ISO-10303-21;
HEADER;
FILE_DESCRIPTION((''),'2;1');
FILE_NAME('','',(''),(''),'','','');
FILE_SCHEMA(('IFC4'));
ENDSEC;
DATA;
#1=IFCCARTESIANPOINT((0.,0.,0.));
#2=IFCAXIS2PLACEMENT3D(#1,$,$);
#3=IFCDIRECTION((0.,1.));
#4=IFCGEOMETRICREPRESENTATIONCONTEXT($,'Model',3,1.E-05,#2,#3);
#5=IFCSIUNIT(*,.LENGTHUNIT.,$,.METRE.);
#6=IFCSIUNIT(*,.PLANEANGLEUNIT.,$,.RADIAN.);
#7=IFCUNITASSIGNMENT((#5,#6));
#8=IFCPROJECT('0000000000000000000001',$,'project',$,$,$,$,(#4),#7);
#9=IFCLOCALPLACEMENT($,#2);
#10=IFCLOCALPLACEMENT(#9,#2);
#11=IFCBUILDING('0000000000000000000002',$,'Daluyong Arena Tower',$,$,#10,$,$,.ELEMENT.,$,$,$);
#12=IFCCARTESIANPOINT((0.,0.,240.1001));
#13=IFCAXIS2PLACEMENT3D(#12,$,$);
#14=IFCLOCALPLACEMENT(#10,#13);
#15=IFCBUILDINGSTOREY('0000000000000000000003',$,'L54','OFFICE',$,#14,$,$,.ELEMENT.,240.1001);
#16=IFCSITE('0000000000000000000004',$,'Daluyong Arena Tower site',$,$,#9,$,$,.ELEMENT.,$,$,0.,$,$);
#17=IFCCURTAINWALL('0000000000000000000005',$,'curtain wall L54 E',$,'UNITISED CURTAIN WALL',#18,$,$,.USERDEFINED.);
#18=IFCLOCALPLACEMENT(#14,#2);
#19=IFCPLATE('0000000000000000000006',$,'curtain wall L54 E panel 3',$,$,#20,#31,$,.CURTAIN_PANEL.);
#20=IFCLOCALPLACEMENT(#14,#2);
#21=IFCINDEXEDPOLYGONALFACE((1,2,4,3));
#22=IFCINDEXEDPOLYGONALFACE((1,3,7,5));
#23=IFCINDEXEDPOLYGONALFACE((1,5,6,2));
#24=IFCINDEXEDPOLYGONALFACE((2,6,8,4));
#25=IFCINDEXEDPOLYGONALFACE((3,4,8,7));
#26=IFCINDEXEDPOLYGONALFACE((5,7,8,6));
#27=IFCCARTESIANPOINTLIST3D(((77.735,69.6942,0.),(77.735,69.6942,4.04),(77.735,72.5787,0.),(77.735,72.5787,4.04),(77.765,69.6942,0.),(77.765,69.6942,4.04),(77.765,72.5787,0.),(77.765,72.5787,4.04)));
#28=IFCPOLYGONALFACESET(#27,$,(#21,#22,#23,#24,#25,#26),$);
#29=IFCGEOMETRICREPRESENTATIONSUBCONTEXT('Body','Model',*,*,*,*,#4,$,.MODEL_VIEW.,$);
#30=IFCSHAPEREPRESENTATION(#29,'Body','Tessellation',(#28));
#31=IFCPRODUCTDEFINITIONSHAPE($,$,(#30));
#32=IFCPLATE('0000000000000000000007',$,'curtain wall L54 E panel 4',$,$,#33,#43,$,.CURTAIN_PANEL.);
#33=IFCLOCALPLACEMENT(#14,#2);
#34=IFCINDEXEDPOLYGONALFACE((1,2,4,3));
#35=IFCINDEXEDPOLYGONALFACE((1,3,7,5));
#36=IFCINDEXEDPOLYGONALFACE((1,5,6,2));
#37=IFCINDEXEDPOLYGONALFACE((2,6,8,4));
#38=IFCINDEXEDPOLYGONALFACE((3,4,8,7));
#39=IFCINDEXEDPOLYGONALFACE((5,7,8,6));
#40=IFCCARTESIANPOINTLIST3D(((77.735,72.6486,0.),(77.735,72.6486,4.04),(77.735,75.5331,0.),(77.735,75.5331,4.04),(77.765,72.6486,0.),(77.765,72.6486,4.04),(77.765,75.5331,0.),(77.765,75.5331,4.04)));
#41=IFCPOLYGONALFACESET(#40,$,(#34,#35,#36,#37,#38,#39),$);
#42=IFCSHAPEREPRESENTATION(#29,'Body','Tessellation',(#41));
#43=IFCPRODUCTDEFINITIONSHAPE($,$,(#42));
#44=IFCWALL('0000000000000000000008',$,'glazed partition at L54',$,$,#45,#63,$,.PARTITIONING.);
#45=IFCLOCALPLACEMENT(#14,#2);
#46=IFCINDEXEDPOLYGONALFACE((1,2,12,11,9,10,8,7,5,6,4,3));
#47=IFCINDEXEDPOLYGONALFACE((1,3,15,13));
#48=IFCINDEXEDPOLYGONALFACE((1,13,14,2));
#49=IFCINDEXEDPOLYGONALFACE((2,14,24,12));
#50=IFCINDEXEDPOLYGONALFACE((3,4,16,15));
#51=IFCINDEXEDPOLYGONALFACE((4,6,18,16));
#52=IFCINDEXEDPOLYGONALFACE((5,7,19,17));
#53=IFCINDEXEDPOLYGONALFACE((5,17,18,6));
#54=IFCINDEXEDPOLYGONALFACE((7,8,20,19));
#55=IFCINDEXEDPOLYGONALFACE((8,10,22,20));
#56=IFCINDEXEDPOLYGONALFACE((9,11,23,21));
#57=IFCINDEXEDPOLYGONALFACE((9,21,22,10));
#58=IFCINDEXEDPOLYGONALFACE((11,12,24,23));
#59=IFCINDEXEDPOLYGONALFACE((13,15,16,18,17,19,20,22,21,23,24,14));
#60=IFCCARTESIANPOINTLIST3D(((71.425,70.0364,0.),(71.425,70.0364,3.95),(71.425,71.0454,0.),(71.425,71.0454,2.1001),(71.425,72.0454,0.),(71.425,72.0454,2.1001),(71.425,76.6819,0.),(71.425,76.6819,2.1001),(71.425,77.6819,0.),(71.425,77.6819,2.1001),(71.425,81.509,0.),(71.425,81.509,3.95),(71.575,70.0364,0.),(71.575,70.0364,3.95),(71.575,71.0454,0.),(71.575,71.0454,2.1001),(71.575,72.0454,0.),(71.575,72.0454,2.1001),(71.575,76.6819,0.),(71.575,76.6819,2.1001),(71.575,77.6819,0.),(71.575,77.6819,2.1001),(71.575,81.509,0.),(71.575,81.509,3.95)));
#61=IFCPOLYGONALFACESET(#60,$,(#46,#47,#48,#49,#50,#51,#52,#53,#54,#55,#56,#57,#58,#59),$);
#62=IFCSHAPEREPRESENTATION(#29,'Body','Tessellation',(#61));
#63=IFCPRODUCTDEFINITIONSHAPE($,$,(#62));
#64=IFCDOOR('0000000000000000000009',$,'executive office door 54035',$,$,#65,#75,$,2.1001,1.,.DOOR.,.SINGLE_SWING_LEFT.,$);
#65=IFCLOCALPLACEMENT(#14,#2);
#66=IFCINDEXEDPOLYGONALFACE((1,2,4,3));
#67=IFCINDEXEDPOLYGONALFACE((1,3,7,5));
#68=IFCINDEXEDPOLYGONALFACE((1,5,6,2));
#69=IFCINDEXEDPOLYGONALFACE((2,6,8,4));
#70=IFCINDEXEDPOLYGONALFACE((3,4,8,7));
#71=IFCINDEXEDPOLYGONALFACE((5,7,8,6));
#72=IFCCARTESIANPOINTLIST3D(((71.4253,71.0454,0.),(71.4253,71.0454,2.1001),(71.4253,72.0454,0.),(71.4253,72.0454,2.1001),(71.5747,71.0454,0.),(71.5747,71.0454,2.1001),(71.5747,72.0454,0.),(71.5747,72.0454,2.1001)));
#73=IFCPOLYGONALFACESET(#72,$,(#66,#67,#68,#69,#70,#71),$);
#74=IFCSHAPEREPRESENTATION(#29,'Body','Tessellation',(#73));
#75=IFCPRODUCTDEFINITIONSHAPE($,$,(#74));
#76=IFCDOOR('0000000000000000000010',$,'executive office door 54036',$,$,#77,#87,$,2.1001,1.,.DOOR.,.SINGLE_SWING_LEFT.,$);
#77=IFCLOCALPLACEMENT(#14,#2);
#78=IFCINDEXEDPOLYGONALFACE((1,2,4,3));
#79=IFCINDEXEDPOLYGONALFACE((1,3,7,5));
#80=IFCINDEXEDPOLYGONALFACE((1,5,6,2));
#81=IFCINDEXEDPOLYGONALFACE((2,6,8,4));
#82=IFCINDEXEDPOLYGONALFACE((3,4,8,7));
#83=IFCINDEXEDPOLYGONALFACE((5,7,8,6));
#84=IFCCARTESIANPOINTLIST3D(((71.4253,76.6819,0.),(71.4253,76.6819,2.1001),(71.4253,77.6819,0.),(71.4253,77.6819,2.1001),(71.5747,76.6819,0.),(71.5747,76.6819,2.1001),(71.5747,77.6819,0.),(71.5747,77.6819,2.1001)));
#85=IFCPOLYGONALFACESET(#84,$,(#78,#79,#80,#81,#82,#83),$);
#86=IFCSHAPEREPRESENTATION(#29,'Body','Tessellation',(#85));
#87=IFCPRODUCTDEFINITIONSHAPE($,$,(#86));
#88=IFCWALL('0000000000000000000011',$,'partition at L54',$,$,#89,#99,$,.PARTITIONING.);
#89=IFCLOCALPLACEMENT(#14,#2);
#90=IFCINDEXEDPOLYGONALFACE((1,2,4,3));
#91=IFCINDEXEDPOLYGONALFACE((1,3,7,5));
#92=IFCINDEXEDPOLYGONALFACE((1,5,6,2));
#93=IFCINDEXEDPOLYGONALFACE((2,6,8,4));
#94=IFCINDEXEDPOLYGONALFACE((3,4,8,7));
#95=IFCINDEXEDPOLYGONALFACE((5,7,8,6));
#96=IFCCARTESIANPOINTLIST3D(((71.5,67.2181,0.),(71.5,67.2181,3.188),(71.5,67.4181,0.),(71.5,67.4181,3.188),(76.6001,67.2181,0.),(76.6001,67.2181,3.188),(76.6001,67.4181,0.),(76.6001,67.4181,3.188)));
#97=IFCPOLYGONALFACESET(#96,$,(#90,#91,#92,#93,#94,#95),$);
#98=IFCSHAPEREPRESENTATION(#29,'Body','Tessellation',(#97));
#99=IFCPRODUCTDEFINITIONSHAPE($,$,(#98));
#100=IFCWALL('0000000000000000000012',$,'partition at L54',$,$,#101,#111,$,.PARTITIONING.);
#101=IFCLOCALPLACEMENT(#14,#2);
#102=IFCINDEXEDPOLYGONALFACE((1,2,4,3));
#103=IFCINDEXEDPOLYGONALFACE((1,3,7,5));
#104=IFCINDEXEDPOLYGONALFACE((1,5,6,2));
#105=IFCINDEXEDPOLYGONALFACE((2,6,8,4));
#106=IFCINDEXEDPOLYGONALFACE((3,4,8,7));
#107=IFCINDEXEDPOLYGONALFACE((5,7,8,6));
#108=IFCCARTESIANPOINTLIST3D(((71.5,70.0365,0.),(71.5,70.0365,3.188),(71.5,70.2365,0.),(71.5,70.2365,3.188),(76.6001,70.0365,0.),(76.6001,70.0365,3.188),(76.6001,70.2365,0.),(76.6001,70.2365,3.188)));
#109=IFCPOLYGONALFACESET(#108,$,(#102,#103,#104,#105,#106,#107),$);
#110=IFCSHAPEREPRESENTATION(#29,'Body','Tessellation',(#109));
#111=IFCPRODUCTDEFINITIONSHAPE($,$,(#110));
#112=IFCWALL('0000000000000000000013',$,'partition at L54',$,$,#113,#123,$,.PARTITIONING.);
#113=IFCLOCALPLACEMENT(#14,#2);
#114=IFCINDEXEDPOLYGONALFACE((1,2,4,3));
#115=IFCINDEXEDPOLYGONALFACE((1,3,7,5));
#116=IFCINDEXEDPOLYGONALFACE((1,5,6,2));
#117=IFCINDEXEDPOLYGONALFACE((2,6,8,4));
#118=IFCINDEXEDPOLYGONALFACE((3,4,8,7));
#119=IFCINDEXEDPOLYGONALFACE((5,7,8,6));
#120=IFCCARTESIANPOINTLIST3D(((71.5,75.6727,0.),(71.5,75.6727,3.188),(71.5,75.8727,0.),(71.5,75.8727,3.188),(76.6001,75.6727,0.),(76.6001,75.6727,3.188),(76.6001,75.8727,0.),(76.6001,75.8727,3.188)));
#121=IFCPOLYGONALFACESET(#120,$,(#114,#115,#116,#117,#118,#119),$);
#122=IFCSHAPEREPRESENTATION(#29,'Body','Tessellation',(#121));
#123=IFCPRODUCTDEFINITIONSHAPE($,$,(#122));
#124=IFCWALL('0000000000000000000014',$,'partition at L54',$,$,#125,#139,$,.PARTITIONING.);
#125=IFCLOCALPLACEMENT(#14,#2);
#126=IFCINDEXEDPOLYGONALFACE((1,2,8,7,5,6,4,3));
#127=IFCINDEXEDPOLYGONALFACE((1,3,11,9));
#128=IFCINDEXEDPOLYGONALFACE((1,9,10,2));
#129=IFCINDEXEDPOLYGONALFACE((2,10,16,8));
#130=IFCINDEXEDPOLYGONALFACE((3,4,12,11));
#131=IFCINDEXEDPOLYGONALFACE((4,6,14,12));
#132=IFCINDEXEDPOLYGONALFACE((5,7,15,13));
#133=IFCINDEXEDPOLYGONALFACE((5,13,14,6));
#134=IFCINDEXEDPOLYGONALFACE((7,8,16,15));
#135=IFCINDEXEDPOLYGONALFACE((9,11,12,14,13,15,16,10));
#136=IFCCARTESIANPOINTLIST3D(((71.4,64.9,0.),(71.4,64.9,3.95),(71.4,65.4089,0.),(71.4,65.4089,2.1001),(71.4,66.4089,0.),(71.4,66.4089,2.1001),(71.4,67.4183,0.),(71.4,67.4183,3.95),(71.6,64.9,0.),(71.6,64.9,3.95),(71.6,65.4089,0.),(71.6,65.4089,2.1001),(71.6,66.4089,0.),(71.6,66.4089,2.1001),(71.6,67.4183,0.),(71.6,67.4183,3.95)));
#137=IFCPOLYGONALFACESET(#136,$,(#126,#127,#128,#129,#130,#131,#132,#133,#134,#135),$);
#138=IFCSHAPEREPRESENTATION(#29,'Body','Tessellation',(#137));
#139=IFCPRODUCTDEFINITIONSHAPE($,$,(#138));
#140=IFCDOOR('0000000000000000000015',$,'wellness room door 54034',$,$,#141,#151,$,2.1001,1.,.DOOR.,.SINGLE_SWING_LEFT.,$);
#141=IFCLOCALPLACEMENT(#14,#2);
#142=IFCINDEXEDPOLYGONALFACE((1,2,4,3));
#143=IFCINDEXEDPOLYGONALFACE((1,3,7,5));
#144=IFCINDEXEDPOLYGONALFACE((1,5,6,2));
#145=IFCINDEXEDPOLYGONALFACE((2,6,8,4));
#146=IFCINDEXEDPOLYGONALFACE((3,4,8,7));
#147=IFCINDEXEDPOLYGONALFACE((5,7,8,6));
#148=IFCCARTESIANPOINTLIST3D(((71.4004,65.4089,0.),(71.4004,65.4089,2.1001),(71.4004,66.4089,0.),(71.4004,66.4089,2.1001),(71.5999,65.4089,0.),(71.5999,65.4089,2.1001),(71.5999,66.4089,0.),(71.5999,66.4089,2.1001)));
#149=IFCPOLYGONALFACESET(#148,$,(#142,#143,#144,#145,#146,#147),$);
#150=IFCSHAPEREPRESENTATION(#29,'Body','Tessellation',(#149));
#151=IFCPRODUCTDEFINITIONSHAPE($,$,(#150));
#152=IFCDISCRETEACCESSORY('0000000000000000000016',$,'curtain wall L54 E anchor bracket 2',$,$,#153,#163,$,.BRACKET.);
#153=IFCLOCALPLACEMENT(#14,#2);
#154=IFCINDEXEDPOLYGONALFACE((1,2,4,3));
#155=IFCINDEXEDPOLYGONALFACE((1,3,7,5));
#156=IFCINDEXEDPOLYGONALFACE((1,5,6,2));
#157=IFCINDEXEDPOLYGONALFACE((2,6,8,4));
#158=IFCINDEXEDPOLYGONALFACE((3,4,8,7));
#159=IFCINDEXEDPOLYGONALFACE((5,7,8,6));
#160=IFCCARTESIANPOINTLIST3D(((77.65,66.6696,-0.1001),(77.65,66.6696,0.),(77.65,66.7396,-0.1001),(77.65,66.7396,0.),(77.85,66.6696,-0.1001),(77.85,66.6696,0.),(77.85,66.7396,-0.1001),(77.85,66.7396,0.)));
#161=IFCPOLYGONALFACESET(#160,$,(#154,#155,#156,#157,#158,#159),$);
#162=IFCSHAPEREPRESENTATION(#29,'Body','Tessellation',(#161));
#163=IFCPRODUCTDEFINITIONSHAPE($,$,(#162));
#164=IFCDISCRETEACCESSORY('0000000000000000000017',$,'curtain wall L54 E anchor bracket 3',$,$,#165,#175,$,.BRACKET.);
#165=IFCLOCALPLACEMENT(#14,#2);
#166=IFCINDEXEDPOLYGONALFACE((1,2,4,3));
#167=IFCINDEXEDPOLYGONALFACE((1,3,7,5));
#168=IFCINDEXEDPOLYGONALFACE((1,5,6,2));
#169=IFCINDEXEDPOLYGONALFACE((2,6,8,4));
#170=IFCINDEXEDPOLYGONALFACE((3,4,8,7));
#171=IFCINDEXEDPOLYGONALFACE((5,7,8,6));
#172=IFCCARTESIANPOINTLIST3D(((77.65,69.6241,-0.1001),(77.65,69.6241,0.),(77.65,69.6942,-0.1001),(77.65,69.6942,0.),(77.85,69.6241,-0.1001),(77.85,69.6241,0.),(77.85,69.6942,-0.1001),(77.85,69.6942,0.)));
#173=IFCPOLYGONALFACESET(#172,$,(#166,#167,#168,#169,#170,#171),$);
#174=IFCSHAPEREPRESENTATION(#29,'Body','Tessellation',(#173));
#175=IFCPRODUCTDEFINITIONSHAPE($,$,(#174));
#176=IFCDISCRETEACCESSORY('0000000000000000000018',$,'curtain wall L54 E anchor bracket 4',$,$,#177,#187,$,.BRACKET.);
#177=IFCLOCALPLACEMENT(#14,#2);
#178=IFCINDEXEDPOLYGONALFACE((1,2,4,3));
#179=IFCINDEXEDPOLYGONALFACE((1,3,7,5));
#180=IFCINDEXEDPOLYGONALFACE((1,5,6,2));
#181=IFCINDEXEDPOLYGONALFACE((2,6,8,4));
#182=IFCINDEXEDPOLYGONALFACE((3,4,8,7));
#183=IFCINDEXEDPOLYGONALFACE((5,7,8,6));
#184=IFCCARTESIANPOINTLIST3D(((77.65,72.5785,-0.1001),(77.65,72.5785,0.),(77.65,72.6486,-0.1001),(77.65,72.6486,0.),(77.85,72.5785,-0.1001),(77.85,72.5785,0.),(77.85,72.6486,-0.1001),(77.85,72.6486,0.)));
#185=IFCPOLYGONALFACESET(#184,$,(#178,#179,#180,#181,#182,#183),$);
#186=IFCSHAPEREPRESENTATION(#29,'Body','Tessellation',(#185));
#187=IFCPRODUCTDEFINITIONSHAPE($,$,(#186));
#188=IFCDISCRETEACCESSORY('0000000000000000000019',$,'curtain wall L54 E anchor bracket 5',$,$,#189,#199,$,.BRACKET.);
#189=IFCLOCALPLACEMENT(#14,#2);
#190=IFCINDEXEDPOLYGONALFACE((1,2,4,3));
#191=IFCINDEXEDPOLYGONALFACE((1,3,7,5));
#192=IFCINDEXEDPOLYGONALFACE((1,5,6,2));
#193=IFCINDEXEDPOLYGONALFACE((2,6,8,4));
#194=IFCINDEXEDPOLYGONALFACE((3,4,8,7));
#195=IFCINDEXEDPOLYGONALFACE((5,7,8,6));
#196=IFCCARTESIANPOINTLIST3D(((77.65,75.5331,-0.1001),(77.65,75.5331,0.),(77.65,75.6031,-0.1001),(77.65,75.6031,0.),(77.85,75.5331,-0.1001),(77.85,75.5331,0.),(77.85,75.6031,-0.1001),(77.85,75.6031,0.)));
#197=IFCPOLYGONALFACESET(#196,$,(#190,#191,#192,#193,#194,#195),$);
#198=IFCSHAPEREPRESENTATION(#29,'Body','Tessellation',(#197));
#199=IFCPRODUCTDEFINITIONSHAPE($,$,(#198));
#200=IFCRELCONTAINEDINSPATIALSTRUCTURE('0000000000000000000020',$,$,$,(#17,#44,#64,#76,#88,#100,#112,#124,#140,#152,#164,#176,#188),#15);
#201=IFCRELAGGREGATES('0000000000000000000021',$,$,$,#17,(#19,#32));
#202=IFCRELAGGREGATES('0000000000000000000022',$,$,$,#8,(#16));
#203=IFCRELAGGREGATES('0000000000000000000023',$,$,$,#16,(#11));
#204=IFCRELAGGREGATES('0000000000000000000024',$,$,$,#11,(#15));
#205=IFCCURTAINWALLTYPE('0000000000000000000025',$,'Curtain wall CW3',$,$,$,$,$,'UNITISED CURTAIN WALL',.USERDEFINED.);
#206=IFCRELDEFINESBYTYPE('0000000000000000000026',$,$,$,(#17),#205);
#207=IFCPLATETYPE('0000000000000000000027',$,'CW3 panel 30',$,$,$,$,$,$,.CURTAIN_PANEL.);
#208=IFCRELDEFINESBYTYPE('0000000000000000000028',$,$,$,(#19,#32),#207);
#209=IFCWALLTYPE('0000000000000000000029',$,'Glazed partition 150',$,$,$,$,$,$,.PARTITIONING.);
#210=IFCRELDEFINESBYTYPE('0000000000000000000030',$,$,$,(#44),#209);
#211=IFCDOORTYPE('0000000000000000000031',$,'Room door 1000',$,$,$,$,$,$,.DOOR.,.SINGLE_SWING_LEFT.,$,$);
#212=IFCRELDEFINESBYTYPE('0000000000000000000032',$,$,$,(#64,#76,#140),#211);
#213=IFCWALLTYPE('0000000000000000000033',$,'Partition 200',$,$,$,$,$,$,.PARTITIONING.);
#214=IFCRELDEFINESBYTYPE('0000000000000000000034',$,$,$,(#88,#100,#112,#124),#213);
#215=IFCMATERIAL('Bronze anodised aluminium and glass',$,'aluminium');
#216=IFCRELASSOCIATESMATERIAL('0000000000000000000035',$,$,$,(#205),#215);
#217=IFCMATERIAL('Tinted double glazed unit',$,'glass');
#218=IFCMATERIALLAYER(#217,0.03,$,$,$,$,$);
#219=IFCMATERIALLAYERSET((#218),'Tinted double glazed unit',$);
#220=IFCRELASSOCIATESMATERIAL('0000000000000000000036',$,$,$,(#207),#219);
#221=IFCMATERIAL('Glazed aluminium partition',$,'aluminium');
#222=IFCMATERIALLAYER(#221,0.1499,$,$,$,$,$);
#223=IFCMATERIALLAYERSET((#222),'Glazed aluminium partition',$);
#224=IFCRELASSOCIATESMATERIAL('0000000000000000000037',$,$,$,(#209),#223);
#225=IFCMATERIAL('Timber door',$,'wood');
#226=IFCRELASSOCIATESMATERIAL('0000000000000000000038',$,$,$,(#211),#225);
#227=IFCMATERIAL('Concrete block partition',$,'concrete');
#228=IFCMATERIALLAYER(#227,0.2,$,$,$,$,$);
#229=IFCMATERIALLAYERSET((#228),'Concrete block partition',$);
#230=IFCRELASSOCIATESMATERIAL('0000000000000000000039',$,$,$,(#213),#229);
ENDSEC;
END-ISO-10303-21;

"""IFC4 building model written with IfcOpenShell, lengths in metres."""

from ifc_helpers import new_model, si_unit, direction, frame, frame_2d, origin, origin_2d, place, context, subcontext, project, spatial, rectangle, extrude, material, layer, layer_set, type_object, element, fill, aggregate, save


model = new_model("IFC4")

# Units and contexts
model_context = context("Model", 3, precision=1e-05, world=origin(), true_north=direction((0.0, 1.0)))
body_context = subcontext(model_context, "Body", "Model", "MODEL_VIEW")
ifc_project = project(units=[si_unit("LENGTHUNIT", "METRE"), si_unit("PLANEANGLEUNIT", "RADIAN")], contexts=[model_context])

# Site, building, storey
site_placement = place(None, origin())
site = spatial("IfcSite", under=ifc_project, at=site_placement, Name="Daluyong Arena Tower site", CompositionType="ELEMENT", RefElevation=0.0)
building_placement = place(site_placement, origin())
building = spatial("IfcBuilding", under=site, at=building_placement, Name="Daluyong Arena Tower", CompositionType="ELEMENT")
storey_placement = place(building_placement, frame((0.0, 0.0, 240.1001)))
storey = spatial("IfcBuildingStorey", under=building, at=storey_placement, Name="L54", Description="OFFICE", CompositionType="ELEMENT", Elevation=240.1001)

# Curtain wall
ifc_material_1 = material(Name="Bronze anodised aluminium and glass", Category="aluminium")
curtain_wall_type = type_object("IfcCurtainWallType", Name="Curtain wall CW3", ElementType="UNITISED CURTAIN WALL", PredefinedType="USERDEFINED", material=ifc_material_1)
curtain_wall_placement = place(storey_placement, origin())
curtain_wall = element("IfcCurtainWall", 1, at=curtain_wall_placement, inside=storey, type_object=curtain_wall_type, Name="curtain wall L54 E", ObjectType="UNITISED CURTAIN WALL", PredefinedType="USERDEFINED")

# Plates
ifc_material_2 = material(Name="Tinted double glazed unit", Category="glass")
ifc_layer_1 = layer(ifc_material_2, 0.03)
ifc_layer_set_1 = layer_set([ifc_layer_1], Name="Tinted double glazed unit")
plate_type = type_object("IfcPlateType", Name="CW3 panel 30", PredefinedType="CURTAIN_PANEL", material=ifc_layer_set_1)
plate_1_placement = place(storey_placement, frame((77.75, 71.1365, 0.0), z_axis=(0.0, 0.0, 1.0), x_axis=(0.0, 1.0, 0.0)))
plate_1 = element("IfcPlate", 2, at=plate_1_placement, type_object=plate_type, Name="curtain wall L54 E panel 3", PredefinedType="CURTAIN_PANEL", context=body_context, shape_type="SweptSolid", body=[
    extrude(rectangle(XDim=2.8845, YDim=0.03, at=origin_2d()), origin(), (0.0, 0.0, 1.0), 4.04),
])
plate_2_placement = place(storey_placement, frame((77.75, 74.0908, 0.0), z_axis=(0.0, 0.0, 1.0), x_axis=(0.0, 1.0, 0.0)))
plate_2 = element("IfcPlate", 3, at=plate_2_placement, type_object=plate_type, Name="curtain wall L54 E panel 4", PredefinedType="CURTAIN_PANEL", context=body_context, shape_type="SweptSolid", body=[
    extrude(rectangle(XDim=2.8845, YDim=0.03, at=origin_2d()), origin(), (0.0, 0.0, 1.0), 4.04),
])
aggregate(curtain_wall, [plate_1, plate_2])

# Wall, openings, doors
ifc_material_3 = material(Name="Glazed aluminium partition", Category="aluminium")
ifc_layer_2 = layer(ifc_material_3, 0.1499)
ifc_layer_set_2 = layer_set([ifc_layer_2], Name="Glazed aluminium partition")
wall_type_1 = type_object("IfcWallType", Name="Glazed partition 150", PredefinedType="PARTITIONING", material=ifc_layer_set_2)
wall_1_placement = place(storey_placement, frame((71.5, 70.0364, 0.0), z_axis=(0.0, 0.0, 1.0), x_axis=(0.0, 1.0, 0.0)))
wall_1 = element("IfcWall", 4, at=wall_1_placement, inside=storey, type_object=wall_type_1, Name="glazed partition at L54", PredefinedType="PARTITIONING", context=body_context, shape_type="SweptSolid", body=[
    extrude(rectangle(XDim=11.4727, YDim=0.1499, at=frame_2d((5.7363, 0.0))), origin(), (0.0, 0.0, 1.0), 3.95),
])
opening_1_placement = place(wall_1_placement, frame((1.009, 0.0, 0.0)))
opening_1 = element("IfcOpeningElement", 5, at=opening_1_placement, cuts=wall_1, PredefinedType="OPENING", context=body_context, shape_type="SweptSolid", body=[
    extrude(rectangle(XDim=1.0, YDim=2.1001, at=frame_2d((0.5, 1.05))), frame((0.0, 0.085, 0.0), z_axis=(0.0, -1.0, 0.0), x_axis=(1.0, 0.0, 0.0)), (0.0, 0.0, 1.0), 0.1699),
])
opening_2_placement = place(wall_1_placement, frame((6.6455, 0.0, 0.0)))
opening_2 = element("IfcOpeningElement", 6, at=opening_2_placement, cuts=wall_1, PredefinedType="OPENING", context=body_context, shape_type="SweptSolid", body=[
    extrude(rectangle(XDim=1.0, YDim=2.1001, at=frame_2d((0.5, 1.05))), frame((0.0, 0.085, 0.0), z_axis=(0.0, -1.0, 0.0), x_axis=(1.0, 0.0, 0.0)), (0.0, 0.0, 1.0), 0.1699),
])
ifc_material_4 = material(Name="Timber door", Category="wood")
door_type = type_object("IfcDoorType", Name="Room door 1000", OperationType="SINGLE_SWING_LEFT", PredefinedType="DOOR", material=ifc_material_4)
door_1_placement = place(opening_1_placement, origin())
door_1 = element("IfcDoor", 7, at=door_1_placement, inside=storey, type_object=door_type, Name="executive office door 54035", OperationType="SINGLE_SWING_LEFT", OverallHeight=2.1001, OverallWidth=1.0, PredefinedType="DOOR", context=body_context, shape_type="SweptSolid", body=[
    extrude(rectangle(XDim=1.0, YDim=2.1001, at=frame_2d((0.5, 1.05))), frame((0.0, 0.0747, 0.0), z_axis=(0.0, -1.0, 0.0), x_axis=(1.0, 0.0, 0.0)), (0.0, 0.0, 1.0), 0.1494),
])
fill(opening_1, door_1)
door_2_placement = place(opening_2_placement, origin())
door_2 = element("IfcDoor", 8, at=door_2_placement, inside=storey, type_object=door_type, Name="executive office door 54036", OperationType="SINGLE_SWING_LEFT", OverallHeight=2.1001, OverallWidth=1.0, PredefinedType="DOOR", context=body_context, shape_type="SweptSolid", body=[
    extrude(rectangle(XDim=1.0, YDim=2.1001, at=frame_2d((0.5, 1.05))), frame((0.0, 0.0747, 0.0), z_axis=(0.0, -1.0, 0.0), x_axis=(1.0, 0.0, 0.0)), (0.0, 0.0, 1.0), 0.1494),
])
fill(opening_2, door_2)

# Walls
ifc_material_5 = material(Name="Concrete block partition", Category="concrete")
ifc_layer_3 = layer(ifc_material_5, 0.2)
ifc_layer_set_3 = layer_set([ifc_layer_3], Name="Concrete block partition")
wall_type_2 = type_object("IfcWallType", Name="Partition 200", PredefinedType="PARTITIONING", material=ifc_layer_set_3)
for number, where, z_axis, x_axis, name in (
    (9, (71.5, 67.3181, 0.0), (0.0, 0.0, 1.0), (1.0, 0.0, 0.0), "partition at L54"),
    (10, (71.5, 70.1365, 0.0), (0.0, 0.0, 1.0), (1.0, 0.0, 0.0), "partition at L54"),
    (11, (71.5, 75.7727, 0.0), (0.0, 0.0, 1.0), (1.0, 0.0, 0.0), "partition at L54"),
):
    element("IfcWall", number, at=place(storey_placement, frame(where, z_axis=z_axis, x_axis=x_axis)), inside=storey, type_object=wall_type_2, Name=name, PredefinedType="PARTITIONING", context=body_context, shape_type="SweptSolid", body=[
        extrude(rectangle(XDim=5.1001, YDim=0.2, at=frame_2d((2.55, 0.0))), origin(), (0.0, 0.0, 1.0), 3.188),
    ])

# Wall, opening, door
wall_2_placement = place(storey_placement, frame((71.5, 64.8999, 0.0), z_axis=(0.0, 0.0, 1.0), x_axis=(0.0, 1.0, 0.0)))
wall_2 = element("IfcWall", 12, at=wall_2_placement, inside=storey, type_object=wall_type_2, Name="partition at L54", PredefinedType="PARTITIONING", context=body_context, shape_type="SweptSolid", body=[
    extrude(rectangle(XDim=2.5183, YDim=0.2, at=frame_2d((1.2593, 0.0))), origin(), (0.0, 0.0, 1.0), 3.95),
])
opening_3_placement = place(wall_2_placement, frame((0.509, 0.0, 0.0)))
opening_3 = element("IfcOpeningElement", 13, at=opening_3_placement, cuts=wall_2, PredefinedType="OPENING", context=body_context, shape_type="SweptSolid", body=[
    extrude(rectangle(XDim=1.0, YDim=2.1001, at=frame_2d((0.5, 1.05))), frame((0.0, 0.1099, 0.0), z_axis=(0.0, -1.0, 0.0), x_axis=(1.0, 0.0, 0.0)), (0.0, 0.0, 1.0), 0.22),
])
door_3_placement = place(opening_3_placement, origin())
door_3 = element("IfcDoor", 14, at=door_3_placement, inside=storey, type_object=door_type, Name="wellness room door 54034", OperationType="SINGLE_SWING_LEFT", OverallHeight=2.1001, OverallWidth=1.0, PredefinedType="DOOR", context=body_context, shape_type="SweptSolid", body=[
    extrude(rectangle(XDim=1.0, YDim=2.1001, at=frame_2d((0.5, 1.05))), frame((0.0, 0.0996, 0.0), z_axis=(0.0, -1.0, 0.0), x_axis=(1.0, 0.0, 0.0)), (0.0, 0.0, 1.0), 0.1995),
])
fill(opening_3, door_3)

# Discrete accessories
for number, where, z_axis, x_axis, name in (
    (15, (77.75, 66.7046, -0.1001), (0.0, 0.0, 1.0), (0.0, 1.0, 0.0), "curtain wall L54 E anchor bracket 2"),
    (16, (77.75, 69.6592, -0.1001), (0.0, 0.0, 1.0), (0.0, 1.0, 0.0), "curtain wall L54 E anchor bracket 3"),
    (17, (77.75, 72.6135, -0.1001), (0.0, 0.0, 1.0), (0.0, 1.0, 0.0), "curtain wall L54 E anchor bracket 4"),
    (18, (77.75, 75.5681, -0.1001), (0.0, 0.0, 1.0), (0.0, 1.0, 0.0), "curtain wall L54 E anchor bracket 5"),
):
    element("IfcDiscreteAccessory", number, at=place(storey_placement, frame(where, z_axis=z_axis, x_axis=x_axis)), inside=storey, Name=name, PredefinedType="BRACKET", context=body_context, shape_type="SweptSolid", body=[
        extrude(rectangle(XDim=0.0701, YDim=0.2, at=origin_2d()), origin(), (0.0, 0.0, 1.0), 0.1001),
    ])

save(model, "model.ifc")
